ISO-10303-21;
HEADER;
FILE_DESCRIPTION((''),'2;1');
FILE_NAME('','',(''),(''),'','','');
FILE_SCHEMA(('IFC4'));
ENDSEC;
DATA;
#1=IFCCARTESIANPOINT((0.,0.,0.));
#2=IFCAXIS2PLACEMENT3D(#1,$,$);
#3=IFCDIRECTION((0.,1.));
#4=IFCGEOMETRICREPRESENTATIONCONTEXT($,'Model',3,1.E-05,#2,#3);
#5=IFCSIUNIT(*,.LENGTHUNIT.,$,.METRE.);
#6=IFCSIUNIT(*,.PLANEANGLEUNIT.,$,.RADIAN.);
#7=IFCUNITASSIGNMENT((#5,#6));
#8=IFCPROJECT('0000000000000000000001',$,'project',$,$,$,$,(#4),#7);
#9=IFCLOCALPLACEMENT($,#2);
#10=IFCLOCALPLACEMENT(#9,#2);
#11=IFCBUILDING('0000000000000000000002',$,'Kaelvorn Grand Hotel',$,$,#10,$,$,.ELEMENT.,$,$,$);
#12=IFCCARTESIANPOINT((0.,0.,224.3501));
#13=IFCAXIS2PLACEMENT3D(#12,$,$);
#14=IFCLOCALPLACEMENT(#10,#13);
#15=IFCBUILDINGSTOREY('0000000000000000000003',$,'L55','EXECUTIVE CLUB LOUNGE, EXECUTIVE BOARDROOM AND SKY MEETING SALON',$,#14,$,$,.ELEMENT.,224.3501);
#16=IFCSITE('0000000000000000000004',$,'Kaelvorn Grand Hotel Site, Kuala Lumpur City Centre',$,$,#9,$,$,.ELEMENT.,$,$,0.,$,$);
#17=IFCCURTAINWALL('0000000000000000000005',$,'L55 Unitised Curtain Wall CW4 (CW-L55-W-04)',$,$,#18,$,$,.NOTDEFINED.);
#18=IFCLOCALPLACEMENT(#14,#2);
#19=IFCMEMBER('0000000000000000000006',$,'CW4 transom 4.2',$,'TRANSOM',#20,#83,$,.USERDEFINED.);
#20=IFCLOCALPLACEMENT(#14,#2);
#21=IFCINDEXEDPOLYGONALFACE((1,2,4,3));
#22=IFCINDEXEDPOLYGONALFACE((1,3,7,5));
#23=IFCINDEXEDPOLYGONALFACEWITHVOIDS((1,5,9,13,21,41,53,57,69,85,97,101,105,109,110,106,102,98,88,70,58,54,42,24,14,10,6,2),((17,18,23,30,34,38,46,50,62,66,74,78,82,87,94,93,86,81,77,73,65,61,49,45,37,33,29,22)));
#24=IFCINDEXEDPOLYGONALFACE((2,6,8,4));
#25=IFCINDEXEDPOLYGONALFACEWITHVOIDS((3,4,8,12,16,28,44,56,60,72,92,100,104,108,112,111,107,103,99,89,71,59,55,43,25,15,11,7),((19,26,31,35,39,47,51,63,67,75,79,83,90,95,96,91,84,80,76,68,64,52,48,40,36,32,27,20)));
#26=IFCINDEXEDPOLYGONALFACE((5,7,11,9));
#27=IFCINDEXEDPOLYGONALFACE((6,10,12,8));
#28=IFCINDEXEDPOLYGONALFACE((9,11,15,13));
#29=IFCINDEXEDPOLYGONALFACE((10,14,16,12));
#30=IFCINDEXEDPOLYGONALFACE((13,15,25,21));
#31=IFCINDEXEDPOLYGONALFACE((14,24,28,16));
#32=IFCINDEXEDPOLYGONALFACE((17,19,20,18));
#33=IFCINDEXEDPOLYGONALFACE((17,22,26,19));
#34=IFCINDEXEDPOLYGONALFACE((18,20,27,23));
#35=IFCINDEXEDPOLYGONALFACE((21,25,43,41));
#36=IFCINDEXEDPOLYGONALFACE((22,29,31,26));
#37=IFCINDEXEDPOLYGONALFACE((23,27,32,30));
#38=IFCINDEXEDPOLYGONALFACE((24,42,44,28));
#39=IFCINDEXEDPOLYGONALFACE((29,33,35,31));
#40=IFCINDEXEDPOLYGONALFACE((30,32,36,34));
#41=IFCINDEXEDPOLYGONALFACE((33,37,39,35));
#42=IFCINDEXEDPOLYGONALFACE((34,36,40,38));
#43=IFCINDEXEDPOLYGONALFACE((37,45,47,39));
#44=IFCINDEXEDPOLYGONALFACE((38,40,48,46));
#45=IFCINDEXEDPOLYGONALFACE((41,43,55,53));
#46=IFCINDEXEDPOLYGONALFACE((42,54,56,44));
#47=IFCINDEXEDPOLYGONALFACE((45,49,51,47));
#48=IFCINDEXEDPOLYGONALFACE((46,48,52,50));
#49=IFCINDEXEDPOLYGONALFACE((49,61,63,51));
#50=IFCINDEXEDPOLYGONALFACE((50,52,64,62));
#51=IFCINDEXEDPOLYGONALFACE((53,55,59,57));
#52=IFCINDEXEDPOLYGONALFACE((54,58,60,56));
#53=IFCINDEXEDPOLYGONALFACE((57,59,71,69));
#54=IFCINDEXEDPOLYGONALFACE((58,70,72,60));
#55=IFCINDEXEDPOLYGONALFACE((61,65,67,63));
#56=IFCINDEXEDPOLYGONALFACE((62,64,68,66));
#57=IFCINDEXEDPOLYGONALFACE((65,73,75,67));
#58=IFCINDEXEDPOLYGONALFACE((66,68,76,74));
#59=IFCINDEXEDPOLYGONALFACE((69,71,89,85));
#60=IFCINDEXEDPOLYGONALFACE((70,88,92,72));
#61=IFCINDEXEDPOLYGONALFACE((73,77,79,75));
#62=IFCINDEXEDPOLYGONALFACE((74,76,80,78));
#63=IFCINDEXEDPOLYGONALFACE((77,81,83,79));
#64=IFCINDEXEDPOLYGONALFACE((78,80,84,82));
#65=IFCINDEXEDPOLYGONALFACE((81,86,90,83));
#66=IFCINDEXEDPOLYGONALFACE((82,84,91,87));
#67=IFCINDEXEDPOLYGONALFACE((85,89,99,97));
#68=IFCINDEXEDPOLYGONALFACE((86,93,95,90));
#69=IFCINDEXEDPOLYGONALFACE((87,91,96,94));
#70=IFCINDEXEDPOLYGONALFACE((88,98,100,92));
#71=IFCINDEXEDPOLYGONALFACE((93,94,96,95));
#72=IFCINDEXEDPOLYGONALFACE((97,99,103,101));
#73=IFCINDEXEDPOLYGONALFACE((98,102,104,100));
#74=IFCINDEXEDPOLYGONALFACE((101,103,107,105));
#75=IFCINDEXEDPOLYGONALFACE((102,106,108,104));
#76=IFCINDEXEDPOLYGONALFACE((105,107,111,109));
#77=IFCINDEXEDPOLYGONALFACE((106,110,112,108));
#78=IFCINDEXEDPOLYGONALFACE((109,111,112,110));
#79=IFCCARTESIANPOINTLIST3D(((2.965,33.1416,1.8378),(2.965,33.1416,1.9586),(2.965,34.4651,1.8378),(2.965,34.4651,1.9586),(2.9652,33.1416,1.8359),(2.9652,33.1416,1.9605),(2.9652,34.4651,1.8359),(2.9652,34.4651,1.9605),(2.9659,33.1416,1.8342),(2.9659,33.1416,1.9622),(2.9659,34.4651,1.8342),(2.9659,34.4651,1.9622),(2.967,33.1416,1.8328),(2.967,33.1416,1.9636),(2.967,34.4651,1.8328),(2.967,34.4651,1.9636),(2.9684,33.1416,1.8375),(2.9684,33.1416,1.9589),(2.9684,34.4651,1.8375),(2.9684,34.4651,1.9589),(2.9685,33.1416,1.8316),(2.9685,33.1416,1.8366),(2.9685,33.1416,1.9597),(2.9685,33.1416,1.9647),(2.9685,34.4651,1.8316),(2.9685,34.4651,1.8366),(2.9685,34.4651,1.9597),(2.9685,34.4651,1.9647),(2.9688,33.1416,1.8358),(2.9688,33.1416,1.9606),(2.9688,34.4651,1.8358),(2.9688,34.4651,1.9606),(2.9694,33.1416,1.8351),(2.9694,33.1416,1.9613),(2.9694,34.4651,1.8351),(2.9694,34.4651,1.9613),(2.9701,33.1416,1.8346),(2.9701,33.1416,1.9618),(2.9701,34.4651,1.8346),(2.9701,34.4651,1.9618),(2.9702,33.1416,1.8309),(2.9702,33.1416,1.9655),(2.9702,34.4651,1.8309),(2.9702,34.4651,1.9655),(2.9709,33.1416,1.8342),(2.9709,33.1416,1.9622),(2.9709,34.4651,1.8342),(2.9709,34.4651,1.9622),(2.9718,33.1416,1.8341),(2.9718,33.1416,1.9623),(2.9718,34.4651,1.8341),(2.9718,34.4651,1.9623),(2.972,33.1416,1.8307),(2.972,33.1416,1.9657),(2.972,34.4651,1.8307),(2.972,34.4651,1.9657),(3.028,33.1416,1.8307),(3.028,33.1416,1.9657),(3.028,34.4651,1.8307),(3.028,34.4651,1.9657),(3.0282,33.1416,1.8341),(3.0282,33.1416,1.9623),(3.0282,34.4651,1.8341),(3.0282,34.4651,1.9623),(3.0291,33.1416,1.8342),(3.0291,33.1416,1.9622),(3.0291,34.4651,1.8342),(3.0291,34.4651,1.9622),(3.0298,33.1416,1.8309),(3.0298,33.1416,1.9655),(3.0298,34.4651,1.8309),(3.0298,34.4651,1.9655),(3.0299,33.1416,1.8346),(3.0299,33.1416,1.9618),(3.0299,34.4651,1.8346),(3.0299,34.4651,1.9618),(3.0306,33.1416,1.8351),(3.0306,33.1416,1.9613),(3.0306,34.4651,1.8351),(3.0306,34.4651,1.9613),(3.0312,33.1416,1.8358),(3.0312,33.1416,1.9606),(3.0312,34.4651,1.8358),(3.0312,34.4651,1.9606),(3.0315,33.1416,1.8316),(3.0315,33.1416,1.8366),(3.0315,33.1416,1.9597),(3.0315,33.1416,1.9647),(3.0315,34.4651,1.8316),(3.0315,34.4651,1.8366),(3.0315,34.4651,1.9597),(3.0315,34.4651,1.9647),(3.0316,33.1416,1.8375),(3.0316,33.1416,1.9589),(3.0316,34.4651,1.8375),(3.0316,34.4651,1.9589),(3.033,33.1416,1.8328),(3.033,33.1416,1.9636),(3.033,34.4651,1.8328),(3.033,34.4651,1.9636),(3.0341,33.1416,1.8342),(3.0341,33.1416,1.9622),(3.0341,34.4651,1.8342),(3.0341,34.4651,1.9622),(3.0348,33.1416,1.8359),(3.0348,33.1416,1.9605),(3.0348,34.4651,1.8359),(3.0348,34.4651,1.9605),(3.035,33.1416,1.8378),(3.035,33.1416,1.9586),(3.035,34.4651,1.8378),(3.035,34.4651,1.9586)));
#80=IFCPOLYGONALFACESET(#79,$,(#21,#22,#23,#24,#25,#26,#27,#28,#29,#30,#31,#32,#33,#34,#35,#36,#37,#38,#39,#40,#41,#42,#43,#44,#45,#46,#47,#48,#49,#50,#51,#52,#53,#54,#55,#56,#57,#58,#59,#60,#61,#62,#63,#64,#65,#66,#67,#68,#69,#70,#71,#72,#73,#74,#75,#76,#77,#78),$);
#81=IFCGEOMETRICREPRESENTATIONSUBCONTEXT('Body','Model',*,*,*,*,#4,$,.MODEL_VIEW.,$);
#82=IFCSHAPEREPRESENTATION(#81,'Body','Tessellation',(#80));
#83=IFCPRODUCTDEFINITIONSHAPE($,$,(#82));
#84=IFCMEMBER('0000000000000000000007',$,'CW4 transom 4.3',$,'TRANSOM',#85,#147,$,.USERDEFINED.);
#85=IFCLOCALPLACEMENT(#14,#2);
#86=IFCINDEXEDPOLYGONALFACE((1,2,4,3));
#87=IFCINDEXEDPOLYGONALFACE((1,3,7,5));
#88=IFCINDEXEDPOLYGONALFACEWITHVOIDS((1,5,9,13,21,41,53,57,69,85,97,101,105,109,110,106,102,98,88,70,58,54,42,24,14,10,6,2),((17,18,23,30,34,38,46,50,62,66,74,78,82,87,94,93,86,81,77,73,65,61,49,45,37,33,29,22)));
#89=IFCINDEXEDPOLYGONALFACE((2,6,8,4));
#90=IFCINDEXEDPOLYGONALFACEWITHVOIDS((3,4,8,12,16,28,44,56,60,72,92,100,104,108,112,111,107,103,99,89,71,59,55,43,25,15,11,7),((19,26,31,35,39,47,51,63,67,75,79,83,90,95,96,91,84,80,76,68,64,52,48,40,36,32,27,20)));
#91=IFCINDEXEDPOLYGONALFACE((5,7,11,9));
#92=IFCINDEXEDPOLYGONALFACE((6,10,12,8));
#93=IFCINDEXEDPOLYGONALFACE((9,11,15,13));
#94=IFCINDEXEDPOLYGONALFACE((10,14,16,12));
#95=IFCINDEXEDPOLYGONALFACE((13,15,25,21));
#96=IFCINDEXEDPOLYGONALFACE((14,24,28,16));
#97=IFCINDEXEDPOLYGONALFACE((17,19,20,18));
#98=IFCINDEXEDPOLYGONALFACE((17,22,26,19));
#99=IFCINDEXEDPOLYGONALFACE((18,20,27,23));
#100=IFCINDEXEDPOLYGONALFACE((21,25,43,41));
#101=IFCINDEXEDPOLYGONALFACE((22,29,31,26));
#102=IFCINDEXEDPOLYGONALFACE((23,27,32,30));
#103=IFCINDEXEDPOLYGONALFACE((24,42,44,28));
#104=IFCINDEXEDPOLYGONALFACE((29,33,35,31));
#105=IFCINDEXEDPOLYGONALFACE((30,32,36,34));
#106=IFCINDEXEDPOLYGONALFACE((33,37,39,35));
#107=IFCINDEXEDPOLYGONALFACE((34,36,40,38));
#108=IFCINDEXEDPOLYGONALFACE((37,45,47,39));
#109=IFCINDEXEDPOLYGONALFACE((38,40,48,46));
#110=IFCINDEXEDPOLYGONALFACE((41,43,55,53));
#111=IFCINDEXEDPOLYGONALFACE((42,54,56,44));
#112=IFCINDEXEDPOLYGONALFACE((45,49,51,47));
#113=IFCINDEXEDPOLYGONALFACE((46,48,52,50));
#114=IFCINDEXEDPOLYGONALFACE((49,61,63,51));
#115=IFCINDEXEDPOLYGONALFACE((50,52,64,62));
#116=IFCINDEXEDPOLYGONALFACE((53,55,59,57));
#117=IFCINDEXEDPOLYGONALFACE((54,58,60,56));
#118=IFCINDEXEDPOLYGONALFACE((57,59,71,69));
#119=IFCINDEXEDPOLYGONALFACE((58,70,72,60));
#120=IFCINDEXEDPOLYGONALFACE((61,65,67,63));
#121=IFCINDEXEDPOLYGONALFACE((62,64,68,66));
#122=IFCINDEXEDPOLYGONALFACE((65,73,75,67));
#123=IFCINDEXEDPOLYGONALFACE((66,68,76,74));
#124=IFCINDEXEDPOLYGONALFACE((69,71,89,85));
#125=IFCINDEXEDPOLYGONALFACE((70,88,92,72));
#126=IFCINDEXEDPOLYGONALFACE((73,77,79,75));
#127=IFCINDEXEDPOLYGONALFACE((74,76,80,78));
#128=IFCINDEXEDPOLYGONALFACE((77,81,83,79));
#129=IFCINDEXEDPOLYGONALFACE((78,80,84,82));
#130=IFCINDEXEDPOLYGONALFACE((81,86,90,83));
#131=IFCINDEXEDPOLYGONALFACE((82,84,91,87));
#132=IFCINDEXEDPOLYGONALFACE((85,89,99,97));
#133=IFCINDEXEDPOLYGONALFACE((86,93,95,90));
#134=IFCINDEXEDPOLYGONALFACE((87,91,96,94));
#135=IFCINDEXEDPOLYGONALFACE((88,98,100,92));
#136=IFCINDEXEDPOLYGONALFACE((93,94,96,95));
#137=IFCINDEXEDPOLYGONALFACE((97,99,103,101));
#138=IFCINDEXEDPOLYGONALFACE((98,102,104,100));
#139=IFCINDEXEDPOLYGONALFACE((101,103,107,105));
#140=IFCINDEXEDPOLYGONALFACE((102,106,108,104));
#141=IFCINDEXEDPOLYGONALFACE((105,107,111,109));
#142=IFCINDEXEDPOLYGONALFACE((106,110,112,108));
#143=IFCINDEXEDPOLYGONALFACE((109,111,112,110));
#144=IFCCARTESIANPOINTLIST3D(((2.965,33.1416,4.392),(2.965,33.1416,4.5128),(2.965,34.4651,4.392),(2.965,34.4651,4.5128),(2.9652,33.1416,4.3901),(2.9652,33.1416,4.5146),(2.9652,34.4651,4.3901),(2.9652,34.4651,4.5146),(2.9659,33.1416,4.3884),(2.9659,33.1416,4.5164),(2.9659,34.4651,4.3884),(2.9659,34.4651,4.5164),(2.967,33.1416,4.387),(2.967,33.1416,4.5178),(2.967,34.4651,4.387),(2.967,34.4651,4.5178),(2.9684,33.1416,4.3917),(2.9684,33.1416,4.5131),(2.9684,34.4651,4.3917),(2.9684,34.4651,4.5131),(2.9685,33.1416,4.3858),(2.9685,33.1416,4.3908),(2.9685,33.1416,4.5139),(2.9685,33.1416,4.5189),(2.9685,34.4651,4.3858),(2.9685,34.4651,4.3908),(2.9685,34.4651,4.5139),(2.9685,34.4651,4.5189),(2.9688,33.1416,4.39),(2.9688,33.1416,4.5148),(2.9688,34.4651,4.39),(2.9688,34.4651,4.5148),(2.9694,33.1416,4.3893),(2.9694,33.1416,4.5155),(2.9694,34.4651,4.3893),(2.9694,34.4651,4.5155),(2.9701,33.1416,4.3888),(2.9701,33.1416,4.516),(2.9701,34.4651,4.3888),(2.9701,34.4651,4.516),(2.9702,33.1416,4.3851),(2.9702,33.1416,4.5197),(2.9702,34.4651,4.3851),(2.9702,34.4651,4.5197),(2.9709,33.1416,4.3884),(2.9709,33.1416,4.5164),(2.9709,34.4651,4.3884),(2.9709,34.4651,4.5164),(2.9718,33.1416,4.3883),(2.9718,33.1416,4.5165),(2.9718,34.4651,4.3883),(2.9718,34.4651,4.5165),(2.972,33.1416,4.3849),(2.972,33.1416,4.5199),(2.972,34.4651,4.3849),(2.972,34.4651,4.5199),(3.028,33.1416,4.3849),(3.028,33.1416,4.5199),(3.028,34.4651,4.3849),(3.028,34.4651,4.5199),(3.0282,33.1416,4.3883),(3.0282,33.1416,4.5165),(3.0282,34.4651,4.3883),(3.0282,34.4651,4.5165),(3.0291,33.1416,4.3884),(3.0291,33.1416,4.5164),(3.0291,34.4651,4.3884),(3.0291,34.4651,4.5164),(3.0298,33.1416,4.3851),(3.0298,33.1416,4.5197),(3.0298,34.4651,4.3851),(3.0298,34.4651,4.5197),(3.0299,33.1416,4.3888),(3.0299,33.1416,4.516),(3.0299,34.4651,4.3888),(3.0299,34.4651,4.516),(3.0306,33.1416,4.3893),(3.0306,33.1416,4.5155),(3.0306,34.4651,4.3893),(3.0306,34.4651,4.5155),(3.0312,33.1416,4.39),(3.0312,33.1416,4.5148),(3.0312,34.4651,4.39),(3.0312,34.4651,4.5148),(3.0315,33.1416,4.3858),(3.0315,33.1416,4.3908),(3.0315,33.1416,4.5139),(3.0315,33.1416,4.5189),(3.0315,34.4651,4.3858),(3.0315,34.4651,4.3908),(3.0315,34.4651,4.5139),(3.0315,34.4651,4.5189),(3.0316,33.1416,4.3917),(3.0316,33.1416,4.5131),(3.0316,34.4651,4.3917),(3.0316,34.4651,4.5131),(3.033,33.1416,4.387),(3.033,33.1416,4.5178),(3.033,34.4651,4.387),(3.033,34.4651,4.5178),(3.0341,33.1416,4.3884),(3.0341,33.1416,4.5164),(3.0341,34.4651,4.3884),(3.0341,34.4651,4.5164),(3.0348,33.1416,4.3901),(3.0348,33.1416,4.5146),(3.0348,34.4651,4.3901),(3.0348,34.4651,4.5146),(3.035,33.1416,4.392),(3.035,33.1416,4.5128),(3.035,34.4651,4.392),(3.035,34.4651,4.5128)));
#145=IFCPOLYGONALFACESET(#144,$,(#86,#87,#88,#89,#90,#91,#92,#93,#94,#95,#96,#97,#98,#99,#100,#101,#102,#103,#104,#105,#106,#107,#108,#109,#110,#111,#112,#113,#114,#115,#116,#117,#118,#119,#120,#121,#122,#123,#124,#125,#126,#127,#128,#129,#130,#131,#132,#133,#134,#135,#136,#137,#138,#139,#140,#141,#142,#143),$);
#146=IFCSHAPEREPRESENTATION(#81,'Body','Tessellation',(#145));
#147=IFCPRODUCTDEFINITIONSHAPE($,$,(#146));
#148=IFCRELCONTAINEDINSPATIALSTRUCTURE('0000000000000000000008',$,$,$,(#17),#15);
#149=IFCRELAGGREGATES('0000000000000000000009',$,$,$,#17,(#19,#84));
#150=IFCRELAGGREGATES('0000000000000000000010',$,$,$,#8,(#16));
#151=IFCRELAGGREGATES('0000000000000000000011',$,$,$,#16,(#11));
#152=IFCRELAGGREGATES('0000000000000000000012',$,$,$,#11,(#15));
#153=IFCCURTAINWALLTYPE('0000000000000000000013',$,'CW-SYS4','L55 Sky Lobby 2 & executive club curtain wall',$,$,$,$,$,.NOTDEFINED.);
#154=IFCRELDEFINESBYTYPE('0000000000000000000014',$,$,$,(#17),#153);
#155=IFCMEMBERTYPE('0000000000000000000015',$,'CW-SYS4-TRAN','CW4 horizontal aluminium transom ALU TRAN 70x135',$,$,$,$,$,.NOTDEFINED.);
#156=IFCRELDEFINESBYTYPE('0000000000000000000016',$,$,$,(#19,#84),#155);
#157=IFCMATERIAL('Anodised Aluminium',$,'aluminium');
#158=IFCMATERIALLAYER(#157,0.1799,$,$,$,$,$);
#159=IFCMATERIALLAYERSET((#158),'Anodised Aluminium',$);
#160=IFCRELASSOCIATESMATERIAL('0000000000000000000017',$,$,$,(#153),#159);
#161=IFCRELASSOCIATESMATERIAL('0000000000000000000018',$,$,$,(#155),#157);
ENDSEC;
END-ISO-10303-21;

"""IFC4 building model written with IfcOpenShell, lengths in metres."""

from ifc_helpers import new_model, si_unit, direction, frame, origin, origin_2d, place, context, subcontext, project, spatial, hollow_rectangle, extrude, material, layer, layer_set, material_profile, profile_set, type_object, element, aggregate, save


model = new_model("IFC4")

# Units and contexts
model_context = context("Model", 3, precision=1e-05, world=origin(), true_north=direction((0.0, 1.0)))
body_context = subcontext(model_context, "Body", "Model", "MODEL_VIEW")
ifc_project = project(units=[si_unit("LENGTHUNIT", "METRE"), si_unit("PLANEANGLEUNIT", "RADIAN")], contexts=[model_context])

# Site, building, storey
site_placement = place(None, origin())
site = spatial("IfcSite", under=ifc_project, at=site_placement, Name="Kaelvorn Grand Hotel Site, Kuala Lumpur City Centre", CompositionType="ELEMENT", RefElevation=0.0)
building_placement = place(site_placement, origin())
building = spatial("IfcBuilding", under=site, at=building_placement, Name="Kaelvorn Grand Hotel", CompositionType="ELEMENT")
storey_placement = place(building_placement, frame((0.0, 0.0, 224.3501)))
storey = spatial("IfcBuildingStorey", under=building, at=storey_placement, Name="L55", Description="EXECUTIVE CLUB LOUNGE, EXECUTIVE BOARDROOM AND SKY MEETING SALON", CompositionType="ELEMENT", Elevation=224.3501)

# Curtain wall, members
ifc_material_1 = material(Name="Anodised Aluminium", Category="aluminium")
ifc_layer_1 = layer(ifc_material_1, 0.1799)
ifc_layer_set_1 = layer_set([ifc_layer_1], Name="Anodised Aluminium")
curtain_wall_type = type_object("IfcCurtainWallType", Name="CW-SYS4", Description="L55 Sky Lobby 2 & executive club curtain wall", PredefinedType="NOTDEFINED", material=ifc_layer_set_1)
curtain_wall_placement = place(storey_placement, origin())
curtain_wall = element("IfcCurtainWall", 1, at=curtain_wall_placement, inside=storey, type_object=curtain_wall_type, Name="L55 Unitised Curtain Wall CW4 (CW-L55-W-04)", PredefinedType="NOTDEFINED")
ifc_material_profile_1 = material_profile(ifc_material_1, hollow_rectangle(XDim=0.0701, YDim=0.135, WallThickness=0.0034, InnerFilletRadius=0.0034, OuterFilletRadius=0.0071, at=origin_2d()), Name="ALU TRAN 70x135")
ifc_profile_set_1 = profile_set([ifc_material_profile_1], Name="Anodised Aluminium")
member_type_1 = type_object("IfcMemberType", Name="CW-SYS4-TRAN", Description="CW4 horizontal aluminium transom ALU TRAN 70x135", PredefinedType="NOTDEFINED", material=ifc_profile_set_1)
member_1_placement = place(storey_placement, frame((3.0, 34.4651, 1.8982), z_axis=(0.0, -1.0, 0.0), x_axis=(1.0, 0.0, 0.0)))
member_1 = element("IfcMember", 2, at=member_1_placement, type_object=member_type_1, Name="CW4 transom 4.2", ObjectType="TRANSOM", PredefinedType="USERDEFINED", context=body_context, shape_type="SweptSolid", body=[
    extrude(hollow_rectangle(XDim=0.0701, YDim=0.135, WallThickness=0.0034, InnerFilletRadius=0.0034, OuterFilletRadius=0.0071, at=origin_2d()), origin(), (0.0, 0.0, 1.0), 1.3235),
])
member_2_placement = place(storey_placement, frame((3.0, 34.4651, 4.4524), z_axis=(0.0, -1.0, 0.0), x_axis=(1.0, 0.0, 0.0)))
member_2 = element("IfcMember", 3, at=member_2_placement, type_object=member_type_1, Name="CW4 transom 4.3", ObjectType="TRANSOM", PredefinedType="USERDEFINED", context=body_context, shape_type="SweptSolid", body=[
    extrude(hollow_rectangle(XDim=0.0701, YDim=0.135, WallThickness=0.0034, InnerFilletRadius=0.0034, OuterFilletRadius=0.0071, at=origin_2d()), origin(), (0.0, 0.0, 1.0), 1.3235),
])
aggregate(curtain_wall, [member_1, member_2])

save(model, "model.ifc")
